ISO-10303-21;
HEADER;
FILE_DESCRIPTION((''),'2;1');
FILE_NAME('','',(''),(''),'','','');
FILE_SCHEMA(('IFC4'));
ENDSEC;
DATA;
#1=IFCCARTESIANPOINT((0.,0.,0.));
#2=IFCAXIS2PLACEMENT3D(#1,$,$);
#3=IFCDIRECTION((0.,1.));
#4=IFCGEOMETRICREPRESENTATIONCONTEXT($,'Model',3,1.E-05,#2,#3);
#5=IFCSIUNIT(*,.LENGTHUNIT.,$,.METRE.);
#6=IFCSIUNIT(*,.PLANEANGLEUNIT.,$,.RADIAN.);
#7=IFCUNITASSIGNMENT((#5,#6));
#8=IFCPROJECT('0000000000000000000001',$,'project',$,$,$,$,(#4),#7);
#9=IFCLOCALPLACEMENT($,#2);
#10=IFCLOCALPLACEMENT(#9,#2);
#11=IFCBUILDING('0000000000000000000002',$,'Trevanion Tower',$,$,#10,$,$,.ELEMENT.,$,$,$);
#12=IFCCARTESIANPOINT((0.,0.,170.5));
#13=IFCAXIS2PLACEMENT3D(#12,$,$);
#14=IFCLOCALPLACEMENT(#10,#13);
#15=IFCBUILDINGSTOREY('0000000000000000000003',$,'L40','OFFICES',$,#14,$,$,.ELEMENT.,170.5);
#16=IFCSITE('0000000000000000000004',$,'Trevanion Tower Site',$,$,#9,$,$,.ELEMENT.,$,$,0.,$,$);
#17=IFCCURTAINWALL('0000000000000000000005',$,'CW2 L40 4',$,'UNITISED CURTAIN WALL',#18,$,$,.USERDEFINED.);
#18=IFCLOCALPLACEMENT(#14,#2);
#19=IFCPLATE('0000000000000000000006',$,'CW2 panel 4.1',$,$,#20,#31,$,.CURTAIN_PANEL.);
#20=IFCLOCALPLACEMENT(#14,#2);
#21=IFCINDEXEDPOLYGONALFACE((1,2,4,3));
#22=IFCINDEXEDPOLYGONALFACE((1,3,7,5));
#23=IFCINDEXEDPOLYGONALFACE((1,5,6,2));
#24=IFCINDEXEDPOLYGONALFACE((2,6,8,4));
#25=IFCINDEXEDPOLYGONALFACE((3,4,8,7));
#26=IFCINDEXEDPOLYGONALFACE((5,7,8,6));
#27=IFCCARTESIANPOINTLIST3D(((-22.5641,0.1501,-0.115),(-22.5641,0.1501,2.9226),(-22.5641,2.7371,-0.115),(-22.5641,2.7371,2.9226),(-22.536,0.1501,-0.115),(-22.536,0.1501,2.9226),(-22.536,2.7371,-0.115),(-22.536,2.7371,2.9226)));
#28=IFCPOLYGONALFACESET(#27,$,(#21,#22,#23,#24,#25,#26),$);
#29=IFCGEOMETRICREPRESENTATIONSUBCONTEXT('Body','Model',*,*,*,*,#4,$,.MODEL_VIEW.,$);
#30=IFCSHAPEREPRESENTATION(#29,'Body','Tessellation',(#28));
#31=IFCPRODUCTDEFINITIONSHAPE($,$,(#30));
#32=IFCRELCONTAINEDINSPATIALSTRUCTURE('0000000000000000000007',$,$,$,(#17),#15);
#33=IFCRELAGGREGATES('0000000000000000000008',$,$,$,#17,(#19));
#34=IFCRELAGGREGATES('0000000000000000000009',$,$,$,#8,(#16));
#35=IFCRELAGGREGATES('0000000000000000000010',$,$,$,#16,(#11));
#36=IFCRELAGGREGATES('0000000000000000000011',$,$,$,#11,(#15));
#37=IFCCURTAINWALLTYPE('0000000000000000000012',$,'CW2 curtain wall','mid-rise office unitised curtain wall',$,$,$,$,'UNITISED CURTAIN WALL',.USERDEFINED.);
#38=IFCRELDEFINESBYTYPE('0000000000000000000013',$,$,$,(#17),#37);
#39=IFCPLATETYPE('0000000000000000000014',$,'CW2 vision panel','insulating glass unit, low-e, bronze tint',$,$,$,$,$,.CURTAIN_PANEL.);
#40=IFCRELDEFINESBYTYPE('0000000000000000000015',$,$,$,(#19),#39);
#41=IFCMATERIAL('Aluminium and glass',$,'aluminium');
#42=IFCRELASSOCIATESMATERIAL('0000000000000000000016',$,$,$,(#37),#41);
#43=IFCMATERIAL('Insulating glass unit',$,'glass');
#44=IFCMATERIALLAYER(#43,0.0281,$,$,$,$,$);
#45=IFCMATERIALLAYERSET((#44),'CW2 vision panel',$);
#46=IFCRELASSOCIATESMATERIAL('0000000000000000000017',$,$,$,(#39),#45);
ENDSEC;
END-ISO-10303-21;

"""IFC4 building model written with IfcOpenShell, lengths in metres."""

from ifc_helpers import new_model, si_unit, direction, frame, origin, origin_2d, place, context, subcontext, project, spatial, rectangle, extrude, material, layer, layer_set, type_object, element, aggregate, save


model = new_model("IFC4")

# Units and contexts
model_context = context("Model", 3, precision=1e-05, world=origin(), true_north=direction((0.0, 1.0)))
body_context = subcontext(model_context, "Body", "Model", "MODEL_VIEW")
ifc_project = project(units=[si_unit("LENGTHUNIT", "METRE"), si_unit("PLANEANGLEUNIT", "RADIAN")], contexts=[model_context])

# Site, building, storey
site_placement = place(None, origin())
site = spatial("IfcSite", under=ifc_project, at=site_placement, Name="Trevanion Tower Site", CompositionType="ELEMENT", RefElevation=0.0)
building_placement = place(site_placement, origin())
building = spatial("IfcBuilding", under=site, at=building_placement, Name="Trevanion Tower", CompositionType="ELEMENT")
storey_placement = place(building_placement, frame((0.0, 0.0, 170.5)))
storey = spatial("IfcBuildingStorey", under=building, at=storey_placement, Name="L40", Description="OFFICES", CompositionType="ELEMENT", Elevation=170.5)

# Curtain wall, plate
ifc_material_1 = material(Name="Aluminium and glass", Category="aluminium")
curtain_wall_type = type_object("IfcCurtainWallType", Name="CW2 curtain wall", Description="mid-rise office unitised curtain wall", ElementType="UNITISED CURTAIN WALL", PredefinedType="USERDEFINED", material=ifc_material_1)
curtain_wall_placement = place(storey_placement, origin())
curtain_wall = element("IfcCurtainWall", 1, at=curtain_wall_placement, inside=storey, type_object=curtain_wall_type, Name="CW2 L40 4", ObjectType="UNITISED CURTAIN WALL", PredefinedType="USERDEFINED")
ifc_material_2 = material(Name="Insulating glass unit", Category="glass")
ifc_layer_1 = layer(ifc_material_2, 0.0281)
ifc_layer_set_1 = layer_set([ifc_layer_1], Name="CW2 vision panel")
plate_type_1 = type_object("IfcPlateType", Name="CW2 vision panel", Description="insulating glass unit, low-e, bronze tint", PredefinedType="CURTAIN_PANEL", material=ifc_layer_set_1)
plate_1_placement = place(storey_placement, frame((-22.55, 1.4436, -0.115), z_axis=(0.0, 0.0, 1.0), x_axis=(0.0, -1.0, 0.0)))
plate_1 = element("IfcPlate", 2, at=plate_1_placement, type_object=plate_type_1, Name="CW2 panel 4.1", PredefinedType="CURTAIN_PANEL", context=body_context, shape_type="SweptSolid", body=[
    extrude(rectangle(XDim=2.5869, YDim=0.0281, at=origin_2d()), origin(), (0.0, 0.0, 1.0), 3.0376),
])
aggregate(curtain_wall, [plate_1])

save(model, "model.ifc")
